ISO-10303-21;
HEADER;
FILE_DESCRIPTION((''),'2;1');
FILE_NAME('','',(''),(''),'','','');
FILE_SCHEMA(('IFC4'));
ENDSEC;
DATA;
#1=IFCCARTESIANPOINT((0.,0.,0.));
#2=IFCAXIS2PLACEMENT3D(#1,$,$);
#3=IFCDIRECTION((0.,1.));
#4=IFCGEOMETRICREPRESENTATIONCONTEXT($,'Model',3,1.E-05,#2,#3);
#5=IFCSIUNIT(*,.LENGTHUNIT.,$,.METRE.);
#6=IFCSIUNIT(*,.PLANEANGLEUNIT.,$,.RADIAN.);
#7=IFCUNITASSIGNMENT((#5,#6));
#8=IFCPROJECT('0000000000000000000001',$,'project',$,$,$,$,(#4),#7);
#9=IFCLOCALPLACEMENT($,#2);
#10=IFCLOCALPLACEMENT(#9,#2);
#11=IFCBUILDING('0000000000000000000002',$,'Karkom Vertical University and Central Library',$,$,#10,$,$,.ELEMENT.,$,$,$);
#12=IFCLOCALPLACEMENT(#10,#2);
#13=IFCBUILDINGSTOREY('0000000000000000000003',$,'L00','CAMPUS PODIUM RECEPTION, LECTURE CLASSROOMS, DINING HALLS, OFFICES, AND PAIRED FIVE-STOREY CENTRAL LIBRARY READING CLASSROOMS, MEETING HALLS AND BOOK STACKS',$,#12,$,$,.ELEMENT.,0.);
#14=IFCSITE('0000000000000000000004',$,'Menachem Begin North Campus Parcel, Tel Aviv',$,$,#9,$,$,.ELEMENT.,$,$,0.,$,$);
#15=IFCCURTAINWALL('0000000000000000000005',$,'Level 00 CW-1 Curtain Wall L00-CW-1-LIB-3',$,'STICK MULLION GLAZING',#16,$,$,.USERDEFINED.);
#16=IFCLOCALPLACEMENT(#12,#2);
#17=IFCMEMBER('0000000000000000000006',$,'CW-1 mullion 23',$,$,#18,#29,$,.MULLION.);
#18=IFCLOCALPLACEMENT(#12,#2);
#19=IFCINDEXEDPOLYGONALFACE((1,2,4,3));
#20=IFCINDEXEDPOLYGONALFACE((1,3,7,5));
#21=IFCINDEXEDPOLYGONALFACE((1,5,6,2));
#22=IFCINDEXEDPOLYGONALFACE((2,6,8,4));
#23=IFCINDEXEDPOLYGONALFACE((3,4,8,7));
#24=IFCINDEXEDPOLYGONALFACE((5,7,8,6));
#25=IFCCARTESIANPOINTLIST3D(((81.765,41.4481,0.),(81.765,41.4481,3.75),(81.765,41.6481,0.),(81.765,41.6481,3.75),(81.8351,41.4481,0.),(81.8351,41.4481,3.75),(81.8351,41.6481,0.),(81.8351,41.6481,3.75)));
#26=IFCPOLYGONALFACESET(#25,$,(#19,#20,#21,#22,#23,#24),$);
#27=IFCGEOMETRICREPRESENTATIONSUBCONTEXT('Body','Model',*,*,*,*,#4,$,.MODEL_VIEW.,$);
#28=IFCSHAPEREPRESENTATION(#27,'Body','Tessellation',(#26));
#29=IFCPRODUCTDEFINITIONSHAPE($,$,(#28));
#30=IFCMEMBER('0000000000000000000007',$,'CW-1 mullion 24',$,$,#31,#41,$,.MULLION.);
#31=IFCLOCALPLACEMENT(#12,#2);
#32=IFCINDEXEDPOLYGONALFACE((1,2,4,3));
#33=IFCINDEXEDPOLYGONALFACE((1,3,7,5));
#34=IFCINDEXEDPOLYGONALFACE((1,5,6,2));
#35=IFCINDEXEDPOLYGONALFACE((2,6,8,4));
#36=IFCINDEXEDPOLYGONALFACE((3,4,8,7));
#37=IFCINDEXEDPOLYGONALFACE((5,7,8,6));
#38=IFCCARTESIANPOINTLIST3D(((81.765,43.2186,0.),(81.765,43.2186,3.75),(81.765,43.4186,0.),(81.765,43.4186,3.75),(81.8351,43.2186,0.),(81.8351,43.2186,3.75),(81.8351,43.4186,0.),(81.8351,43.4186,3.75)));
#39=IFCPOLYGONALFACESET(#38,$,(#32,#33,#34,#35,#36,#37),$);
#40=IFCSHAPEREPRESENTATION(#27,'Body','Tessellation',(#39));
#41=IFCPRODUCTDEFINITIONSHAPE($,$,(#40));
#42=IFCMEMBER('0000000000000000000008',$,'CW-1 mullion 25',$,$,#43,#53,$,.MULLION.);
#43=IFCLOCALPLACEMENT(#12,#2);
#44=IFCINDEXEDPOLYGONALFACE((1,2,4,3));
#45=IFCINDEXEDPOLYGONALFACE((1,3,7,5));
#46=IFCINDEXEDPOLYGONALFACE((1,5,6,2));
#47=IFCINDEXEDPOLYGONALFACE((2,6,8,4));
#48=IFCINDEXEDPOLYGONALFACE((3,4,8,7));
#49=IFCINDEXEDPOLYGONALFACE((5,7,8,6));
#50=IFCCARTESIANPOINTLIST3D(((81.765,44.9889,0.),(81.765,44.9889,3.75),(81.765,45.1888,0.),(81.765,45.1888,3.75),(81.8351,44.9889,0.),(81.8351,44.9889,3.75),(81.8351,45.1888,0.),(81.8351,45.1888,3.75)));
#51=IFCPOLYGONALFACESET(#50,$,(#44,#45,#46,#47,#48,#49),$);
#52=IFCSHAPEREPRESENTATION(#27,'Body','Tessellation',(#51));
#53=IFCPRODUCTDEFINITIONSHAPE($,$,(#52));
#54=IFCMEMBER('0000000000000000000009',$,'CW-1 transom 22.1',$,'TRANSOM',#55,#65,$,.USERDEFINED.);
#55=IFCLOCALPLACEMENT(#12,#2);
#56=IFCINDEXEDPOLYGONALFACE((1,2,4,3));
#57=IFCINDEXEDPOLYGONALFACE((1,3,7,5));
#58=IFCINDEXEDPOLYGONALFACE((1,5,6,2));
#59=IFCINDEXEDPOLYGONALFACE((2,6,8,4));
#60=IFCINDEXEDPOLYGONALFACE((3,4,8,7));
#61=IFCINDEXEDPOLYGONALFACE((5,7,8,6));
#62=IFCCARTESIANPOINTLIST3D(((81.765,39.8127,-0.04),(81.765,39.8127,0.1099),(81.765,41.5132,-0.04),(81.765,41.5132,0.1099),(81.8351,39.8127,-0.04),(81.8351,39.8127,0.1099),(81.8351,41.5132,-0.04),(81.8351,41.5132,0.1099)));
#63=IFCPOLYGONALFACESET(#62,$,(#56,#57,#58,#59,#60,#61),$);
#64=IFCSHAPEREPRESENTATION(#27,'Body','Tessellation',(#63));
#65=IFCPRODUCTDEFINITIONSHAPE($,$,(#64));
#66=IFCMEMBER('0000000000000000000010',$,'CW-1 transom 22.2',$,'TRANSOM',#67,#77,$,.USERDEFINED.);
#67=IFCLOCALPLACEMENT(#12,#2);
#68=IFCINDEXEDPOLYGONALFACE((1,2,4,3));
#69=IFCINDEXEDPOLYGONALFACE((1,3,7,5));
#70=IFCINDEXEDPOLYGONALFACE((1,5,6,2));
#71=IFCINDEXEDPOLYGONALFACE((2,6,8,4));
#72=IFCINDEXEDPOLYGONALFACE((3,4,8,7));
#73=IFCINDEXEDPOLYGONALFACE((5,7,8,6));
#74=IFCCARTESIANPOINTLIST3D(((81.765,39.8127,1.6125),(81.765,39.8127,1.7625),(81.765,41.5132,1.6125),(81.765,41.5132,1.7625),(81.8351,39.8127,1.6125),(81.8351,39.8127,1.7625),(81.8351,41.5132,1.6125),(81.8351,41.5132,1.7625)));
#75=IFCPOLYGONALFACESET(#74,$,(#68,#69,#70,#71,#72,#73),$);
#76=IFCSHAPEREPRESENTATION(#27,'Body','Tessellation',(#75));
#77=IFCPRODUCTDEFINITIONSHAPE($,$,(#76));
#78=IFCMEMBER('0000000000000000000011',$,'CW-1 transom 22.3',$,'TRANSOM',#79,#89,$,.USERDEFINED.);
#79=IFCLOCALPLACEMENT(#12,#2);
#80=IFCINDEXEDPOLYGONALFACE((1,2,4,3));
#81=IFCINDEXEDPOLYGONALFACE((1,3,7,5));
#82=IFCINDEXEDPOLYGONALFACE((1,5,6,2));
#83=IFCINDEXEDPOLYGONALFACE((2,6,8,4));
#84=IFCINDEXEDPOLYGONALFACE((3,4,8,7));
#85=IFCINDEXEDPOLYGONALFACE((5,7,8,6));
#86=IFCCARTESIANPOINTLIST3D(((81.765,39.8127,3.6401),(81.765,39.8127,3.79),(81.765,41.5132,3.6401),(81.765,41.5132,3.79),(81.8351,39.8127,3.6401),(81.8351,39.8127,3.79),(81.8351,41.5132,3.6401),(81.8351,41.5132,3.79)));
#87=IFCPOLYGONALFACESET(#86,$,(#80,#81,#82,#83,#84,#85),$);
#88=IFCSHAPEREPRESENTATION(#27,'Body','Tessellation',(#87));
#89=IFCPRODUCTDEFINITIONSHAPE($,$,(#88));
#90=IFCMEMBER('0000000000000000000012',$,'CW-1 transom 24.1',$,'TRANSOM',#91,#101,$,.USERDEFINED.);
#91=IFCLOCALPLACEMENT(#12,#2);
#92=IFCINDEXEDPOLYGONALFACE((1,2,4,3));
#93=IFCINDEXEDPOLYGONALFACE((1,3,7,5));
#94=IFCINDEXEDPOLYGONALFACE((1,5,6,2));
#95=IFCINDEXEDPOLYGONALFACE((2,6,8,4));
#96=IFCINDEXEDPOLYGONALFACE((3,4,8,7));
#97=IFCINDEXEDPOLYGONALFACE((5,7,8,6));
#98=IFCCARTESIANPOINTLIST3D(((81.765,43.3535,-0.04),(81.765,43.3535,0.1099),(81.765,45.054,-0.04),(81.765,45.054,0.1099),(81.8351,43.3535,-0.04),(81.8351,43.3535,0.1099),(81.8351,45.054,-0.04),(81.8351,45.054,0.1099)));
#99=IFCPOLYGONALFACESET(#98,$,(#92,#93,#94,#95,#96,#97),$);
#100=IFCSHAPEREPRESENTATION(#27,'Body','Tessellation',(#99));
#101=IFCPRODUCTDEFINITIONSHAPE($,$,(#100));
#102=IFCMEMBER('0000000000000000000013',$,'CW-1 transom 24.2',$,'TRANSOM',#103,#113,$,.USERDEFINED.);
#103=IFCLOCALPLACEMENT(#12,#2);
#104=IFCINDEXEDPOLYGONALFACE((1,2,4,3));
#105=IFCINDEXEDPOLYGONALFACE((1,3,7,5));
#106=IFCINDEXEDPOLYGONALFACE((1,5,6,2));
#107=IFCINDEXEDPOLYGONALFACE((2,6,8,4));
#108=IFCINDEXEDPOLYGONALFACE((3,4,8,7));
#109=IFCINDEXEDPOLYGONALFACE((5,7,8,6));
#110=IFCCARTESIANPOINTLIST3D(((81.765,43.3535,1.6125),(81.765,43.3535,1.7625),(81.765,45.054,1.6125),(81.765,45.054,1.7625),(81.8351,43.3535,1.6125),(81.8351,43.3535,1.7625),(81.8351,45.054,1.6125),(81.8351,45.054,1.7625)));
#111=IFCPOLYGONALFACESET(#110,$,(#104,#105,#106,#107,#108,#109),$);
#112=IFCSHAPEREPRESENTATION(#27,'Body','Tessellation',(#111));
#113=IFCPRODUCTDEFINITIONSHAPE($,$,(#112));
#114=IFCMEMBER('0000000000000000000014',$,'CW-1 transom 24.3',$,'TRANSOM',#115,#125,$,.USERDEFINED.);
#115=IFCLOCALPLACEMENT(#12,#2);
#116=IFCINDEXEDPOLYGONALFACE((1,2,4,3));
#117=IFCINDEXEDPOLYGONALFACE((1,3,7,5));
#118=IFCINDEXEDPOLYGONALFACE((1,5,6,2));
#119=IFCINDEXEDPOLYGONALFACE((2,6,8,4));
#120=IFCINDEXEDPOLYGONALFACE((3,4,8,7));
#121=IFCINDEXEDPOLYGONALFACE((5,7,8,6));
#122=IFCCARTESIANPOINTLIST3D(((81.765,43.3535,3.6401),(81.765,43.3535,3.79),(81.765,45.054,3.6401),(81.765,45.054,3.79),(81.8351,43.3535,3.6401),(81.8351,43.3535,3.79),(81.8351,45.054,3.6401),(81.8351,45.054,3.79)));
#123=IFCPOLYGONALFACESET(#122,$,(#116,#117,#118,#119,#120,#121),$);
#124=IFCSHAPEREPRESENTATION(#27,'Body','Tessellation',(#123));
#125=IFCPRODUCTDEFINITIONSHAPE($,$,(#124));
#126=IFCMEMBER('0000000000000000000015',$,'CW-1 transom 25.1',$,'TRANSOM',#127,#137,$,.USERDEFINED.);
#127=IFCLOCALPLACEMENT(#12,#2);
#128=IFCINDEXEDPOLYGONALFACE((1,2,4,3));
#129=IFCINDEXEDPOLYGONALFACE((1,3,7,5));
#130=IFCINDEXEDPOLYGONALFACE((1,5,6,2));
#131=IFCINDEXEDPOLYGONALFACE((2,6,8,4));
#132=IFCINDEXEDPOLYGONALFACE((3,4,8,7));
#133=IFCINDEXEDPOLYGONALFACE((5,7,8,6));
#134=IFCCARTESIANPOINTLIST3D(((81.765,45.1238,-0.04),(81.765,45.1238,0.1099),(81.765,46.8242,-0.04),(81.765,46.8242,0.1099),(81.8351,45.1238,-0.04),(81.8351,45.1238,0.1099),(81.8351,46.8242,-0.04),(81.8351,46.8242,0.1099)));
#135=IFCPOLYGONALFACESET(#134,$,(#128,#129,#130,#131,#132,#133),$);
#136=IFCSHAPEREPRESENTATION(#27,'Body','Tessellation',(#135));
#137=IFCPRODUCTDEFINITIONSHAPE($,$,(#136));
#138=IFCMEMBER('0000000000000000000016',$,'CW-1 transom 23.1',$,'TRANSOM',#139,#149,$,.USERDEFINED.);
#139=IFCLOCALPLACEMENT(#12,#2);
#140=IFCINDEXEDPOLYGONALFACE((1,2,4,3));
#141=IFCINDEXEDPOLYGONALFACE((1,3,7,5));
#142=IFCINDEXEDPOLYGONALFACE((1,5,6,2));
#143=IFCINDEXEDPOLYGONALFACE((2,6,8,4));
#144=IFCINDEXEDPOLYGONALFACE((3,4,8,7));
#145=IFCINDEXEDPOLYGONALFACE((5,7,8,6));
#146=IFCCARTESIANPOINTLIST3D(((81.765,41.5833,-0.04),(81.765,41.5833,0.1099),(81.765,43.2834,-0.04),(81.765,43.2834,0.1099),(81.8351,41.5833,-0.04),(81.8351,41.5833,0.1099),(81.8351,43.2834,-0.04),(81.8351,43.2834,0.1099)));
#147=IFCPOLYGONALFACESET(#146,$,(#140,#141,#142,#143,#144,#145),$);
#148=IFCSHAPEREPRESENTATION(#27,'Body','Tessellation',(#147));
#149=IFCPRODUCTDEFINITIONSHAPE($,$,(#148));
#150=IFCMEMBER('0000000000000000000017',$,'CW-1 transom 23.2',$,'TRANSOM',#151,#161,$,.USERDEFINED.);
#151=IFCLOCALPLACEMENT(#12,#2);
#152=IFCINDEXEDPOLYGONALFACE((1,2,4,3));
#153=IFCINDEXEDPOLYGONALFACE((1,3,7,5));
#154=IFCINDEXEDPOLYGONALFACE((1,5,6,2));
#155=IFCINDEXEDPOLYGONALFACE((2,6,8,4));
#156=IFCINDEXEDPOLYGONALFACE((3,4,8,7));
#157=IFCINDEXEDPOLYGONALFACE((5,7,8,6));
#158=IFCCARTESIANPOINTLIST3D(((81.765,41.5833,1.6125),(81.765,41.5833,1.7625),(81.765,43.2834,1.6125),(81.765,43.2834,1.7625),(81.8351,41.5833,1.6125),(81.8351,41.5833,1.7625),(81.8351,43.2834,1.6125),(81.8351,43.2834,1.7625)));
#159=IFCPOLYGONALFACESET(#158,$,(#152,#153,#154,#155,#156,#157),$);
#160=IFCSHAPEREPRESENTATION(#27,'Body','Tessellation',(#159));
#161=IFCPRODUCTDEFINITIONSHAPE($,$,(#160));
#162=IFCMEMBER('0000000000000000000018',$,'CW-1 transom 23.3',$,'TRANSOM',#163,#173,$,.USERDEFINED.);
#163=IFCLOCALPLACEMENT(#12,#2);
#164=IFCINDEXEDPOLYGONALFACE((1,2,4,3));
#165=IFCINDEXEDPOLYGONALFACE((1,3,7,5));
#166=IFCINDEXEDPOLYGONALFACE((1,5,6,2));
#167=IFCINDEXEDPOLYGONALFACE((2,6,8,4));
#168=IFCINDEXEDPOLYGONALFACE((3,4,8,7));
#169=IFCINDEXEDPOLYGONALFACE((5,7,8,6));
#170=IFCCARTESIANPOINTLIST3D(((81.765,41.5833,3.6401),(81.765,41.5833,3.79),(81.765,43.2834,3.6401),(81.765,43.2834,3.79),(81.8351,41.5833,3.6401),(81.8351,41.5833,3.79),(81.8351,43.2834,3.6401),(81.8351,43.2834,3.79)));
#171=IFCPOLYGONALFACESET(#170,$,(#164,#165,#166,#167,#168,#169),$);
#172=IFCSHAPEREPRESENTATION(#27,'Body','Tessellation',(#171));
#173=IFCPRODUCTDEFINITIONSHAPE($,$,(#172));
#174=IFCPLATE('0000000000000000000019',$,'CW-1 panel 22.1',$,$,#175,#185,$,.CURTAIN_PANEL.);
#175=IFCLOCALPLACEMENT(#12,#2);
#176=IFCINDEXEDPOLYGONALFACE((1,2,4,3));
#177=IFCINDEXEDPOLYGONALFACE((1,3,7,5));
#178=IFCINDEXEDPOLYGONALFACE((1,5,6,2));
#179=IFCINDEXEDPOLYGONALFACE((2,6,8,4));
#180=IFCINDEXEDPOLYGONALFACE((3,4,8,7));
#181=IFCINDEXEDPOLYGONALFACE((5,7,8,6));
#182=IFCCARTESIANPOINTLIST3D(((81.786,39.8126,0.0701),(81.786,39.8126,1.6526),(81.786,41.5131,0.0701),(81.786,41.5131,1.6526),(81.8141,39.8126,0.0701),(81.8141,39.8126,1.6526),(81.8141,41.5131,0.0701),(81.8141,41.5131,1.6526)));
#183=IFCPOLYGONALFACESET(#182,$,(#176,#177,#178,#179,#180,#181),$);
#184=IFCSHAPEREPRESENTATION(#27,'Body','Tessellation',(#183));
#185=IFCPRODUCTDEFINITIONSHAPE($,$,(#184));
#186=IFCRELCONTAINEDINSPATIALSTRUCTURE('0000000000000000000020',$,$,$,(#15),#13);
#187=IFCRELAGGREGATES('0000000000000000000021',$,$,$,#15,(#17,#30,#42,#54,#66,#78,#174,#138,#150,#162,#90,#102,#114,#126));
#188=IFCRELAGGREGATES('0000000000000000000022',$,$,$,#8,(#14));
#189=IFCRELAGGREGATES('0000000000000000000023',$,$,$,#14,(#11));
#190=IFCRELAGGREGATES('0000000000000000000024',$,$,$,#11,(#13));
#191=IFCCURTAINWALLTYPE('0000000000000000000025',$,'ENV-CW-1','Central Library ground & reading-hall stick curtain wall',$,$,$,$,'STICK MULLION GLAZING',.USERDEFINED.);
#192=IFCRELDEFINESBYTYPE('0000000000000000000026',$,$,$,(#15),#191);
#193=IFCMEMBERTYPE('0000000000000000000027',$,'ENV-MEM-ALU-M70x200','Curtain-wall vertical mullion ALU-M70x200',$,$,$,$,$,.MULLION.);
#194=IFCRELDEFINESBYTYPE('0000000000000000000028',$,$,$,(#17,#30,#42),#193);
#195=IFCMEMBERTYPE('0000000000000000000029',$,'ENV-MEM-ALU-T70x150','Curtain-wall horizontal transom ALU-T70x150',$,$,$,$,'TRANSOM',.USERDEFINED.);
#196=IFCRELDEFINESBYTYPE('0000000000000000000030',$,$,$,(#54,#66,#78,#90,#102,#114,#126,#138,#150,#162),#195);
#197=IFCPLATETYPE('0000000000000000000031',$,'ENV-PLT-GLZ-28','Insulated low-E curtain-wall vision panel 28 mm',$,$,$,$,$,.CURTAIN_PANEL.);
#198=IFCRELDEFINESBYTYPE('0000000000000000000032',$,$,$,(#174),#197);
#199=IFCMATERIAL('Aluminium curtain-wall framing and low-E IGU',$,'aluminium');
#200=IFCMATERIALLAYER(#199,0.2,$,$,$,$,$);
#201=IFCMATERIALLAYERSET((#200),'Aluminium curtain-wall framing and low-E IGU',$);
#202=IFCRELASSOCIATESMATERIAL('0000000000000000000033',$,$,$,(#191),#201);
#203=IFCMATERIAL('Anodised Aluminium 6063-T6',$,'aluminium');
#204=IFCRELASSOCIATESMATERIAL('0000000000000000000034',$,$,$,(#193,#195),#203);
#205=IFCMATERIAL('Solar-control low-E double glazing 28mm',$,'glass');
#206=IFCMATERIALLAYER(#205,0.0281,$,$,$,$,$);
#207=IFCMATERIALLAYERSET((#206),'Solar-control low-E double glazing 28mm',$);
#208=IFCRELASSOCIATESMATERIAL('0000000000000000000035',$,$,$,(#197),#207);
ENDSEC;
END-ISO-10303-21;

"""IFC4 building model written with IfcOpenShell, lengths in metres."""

from ifc_helpers import new_model, si_unit, direction, frame, origin, origin_with_axes, origin_2d, place, context, subcontext, project, spatial, rectangle, extrude, source, transform, mapped, material, layer, layer_set, material_profile, profile_set, type_object, element, aggregate, save


model = new_model("IFC4")

# Units and contexts
model_context = context("Model", 3, precision=1e-05, world=origin(), true_north=direction((0.0, 1.0)))
body_context = subcontext(model_context, "Body", "Model", "MODEL_VIEW")
ifc_project = project(units=[si_unit("LENGTHUNIT", "METRE"), si_unit("PLANEANGLEUNIT", "RADIAN")], contexts=[model_context])

# Site, building, storey
site_placement = place(None, origin())
site = spatial("IfcSite", under=ifc_project, at=site_placement, Name="Menachem Begin North Campus Parcel, Tel Aviv", CompositionType="ELEMENT", RefElevation=0.0)
building_placement = place(site_placement, origin())
building = spatial("IfcBuilding", under=site, at=building_placement, Name="Karkom Vertical University and Central Library", CompositionType="ELEMENT")
storey_placement = place(building_placement, origin())
storey = spatial("IfcBuildingStorey", under=building, at=storey_placement, Name="L00", Description="CAMPUS PODIUM RECEPTION, LECTURE CLASSROOMS, DINING HALLS, OFFICES, AND PAIRED FIVE-STOREY CENTRAL LIBRARY READING CLASSROOMS, MEETING HALLS AND BOOK STACKS", CompositionType="ELEMENT", Elevation=0.0)

# Curtain wall, members, plate
ifc_material_1 = material(Name="Aluminium curtain-wall framing and low-E IGU", Category="aluminium")
ifc_layer_1 = layer(ifc_material_1, 0.2)
ifc_layer_set_1 = layer_set([ifc_layer_1], Name="Aluminium curtain-wall framing and low-E IGU")
curtain_wall_type = type_object("IfcCurtainWallType", Name="ENV-CW-1", Description="Central Library ground & reading-hall stick curtain wall", ElementType="STICK MULLION GLAZING", PredefinedType="USERDEFINED", material=ifc_layer_set_1)
curtain_wall_placement = place(storey_placement, origin())
curtain_wall = element("IfcCurtainWall", 1, at=curtain_wall_placement, inside=storey, type_object=curtain_wall_type, Name="Level 00 CW-1 Curtain Wall L00-CW-1-LIB-3", ObjectType="STICK MULLION GLAZING", PredefinedType="USERDEFINED")
ifc_material_2 = material(Name="Anodised Aluminium 6063-T6", Category="aluminium")
ifc_material_profile_1 = material_profile(ifc_material_2, rectangle(XDim=0.0701, YDim=0.2, at=origin_2d()), Name="ALU-M70x200")
ifc_profile_set_1 = profile_set([ifc_material_profile_1], Name="Anodised Aluminium 6063-T6")
member_type_1 = type_object("IfcMemberType", Name="ENV-MEM-ALU-M70x200", Description="Curtain-wall vertical mullion ALU-M70x200", PredefinedType="MULLION", material=ifc_profile_set_1)
shared_shape_1 = source(origin_with_axes(), body_context, "Body", "SweptSolid", [
    extrude(rectangle(XDim=0.0701, YDim=0.2, at=origin_2d()), origin(), (0.0, 0.0, 1.0), 3.75),
])
member_1_placement = place(storey_placement, frame((81.8, 41.5481, 0.0), z_axis=(0.0, 0.0, 1.0), x_axis=(-1.0, 0.0, 0.0)))
member_1 = element("IfcMember", 2, at=member_1_placement, type_object=member_type_1, Name="CW-1 mullion 23", PredefinedType="MULLION", context=body_context, shape_type="MappedRepresentation", body=[
    mapped(shared_shape_1, transform((0.0, 0.0, 0.0), scale=1.0)),
])
member_2_placement = place(storey_placement, frame((81.8, 43.3186, 0.0), z_axis=(0.0, 0.0, 1.0), x_axis=(-1.0, 0.0, 0.0)))
member_2 = element("IfcMember", 3, at=member_2_placement, type_object=member_type_1, Name="CW-1 mullion 24", PredefinedType="MULLION", context=body_context, shape_type="MappedRepresentation", body=[
    mapped(shared_shape_1, transform((0.0, 0.0, 0.0), scale=1.0)),
])
member_3_placement = place(storey_placement, frame((81.8, 45.0889, 0.0), z_axis=(0.0, 0.0, 1.0), x_axis=(-1.0, 0.0, 0.0)))
member_3 = element("IfcMember", 4, at=member_3_placement, type_object=member_type_1, Name="CW-1 mullion 25", PredefinedType="MULLION", context=body_context, shape_type="MappedRepresentation", body=[
    mapped(shared_shape_1, transform((0.0, 0.0, 0.0), scale=1.0)),
])
ifc_material_profile_2 = material_profile(ifc_material_2, rectangle(XDim=0.0701, YDim=0.1499, at=origin_2d()), Name="ALU-T70x150")
ifc_profile_set_2 = profile_set([ifc_material_profile_2], Name="Anodised Aluminium 6063-T6")
member_type_2 = type_object("IfcMemberType", Name="ENV-MEM-ALU-T70x150", Description="Curtain-wall horizontal transom ALU-T70x150", ElementType="TRANSOM", PredefinedType="USERDEFINED", material=ifc_profile_set_2)
shared_shape_2 = source(origin_with_axes(), body_context, "Body", "SweptSolid", [
    extrude(rectangle(XDim=0.0701, YDim=0.1499, at=origin_2d()), origin(), (0.0, 0.0, 1.0), 1.7004),
])
member_4_placement = place(storey_placement, frame((81.8, 39.8127, 0.0349), z_axis=(0.0, 1.0, 0.0), x_axis=(-1.0, 0.0, 0.0)))
member_4 = element("IfcMember", 5, at=member_4_placement, type_object=member_type_2, Name="CW-1 transom 22.1", ObjectType="TRANSOM", PredefinedType="USERDEFINED", context=body_context, shape_type="MappedRepresentation", body=[
    mapped(shared_shape_2, transform((0.0, 0.0, 0.0), scale=1.0)),
])
member_5_placement = place(storey_placement, frame((81.8, 39.8127, 1.6875), z_axis=(0.0, 1.0, 0.0), x_axis=(-1.0, 0.0, 0.0)))
member_5 = element("IfcMember", 6, at=member_5_placement, type_object=member_type_2, Name="CW-1 transom 22.2", ObjectType="TRANSOM", PredefinedType="USERDEFINED", context=body_context, shape_type="MappedRepresentation", body=[
    mapped(shared_shape_2, transform((0.0, 0.0, 0.0), scale=1.0)),
])
member_6_placement = place(storey_placement, frame((81.8, 39.8127, 3.7151), z_axis=(0.0, 1.0, 0.0), x_axis=(-1.0, 0.0, 0.0)))
member_6 = element("IfcMember", 7, at=member_6_placement, type_object=member_type_2, Name="CW-1 transom 22.3", ObjectType="TRANSOM", PredefinedType="USERDEFINED", context=body_context, shape_type="MappedRepresentation", body=[
    mapped(shared_shape_2, transform((0.0, 0.0, 0.0), scale=1.0)),
])
member_7_placement = place(storey_placement, frame((81.8, 43.3535, 0.0349), z_axis=(0.0, 1.0, 0.0), x_axis=(-1.0, 0.0, 0.0)))
member_7 = element("IfcMember", 8, at=member_7_placement, type_object=member_type_2, Name="CW-1 transom 24.1", ObjectType="TRANSOM", PredefinedType="USERDEFINED", context=body_context, shape_type="MappedRepresentation", body=[
    mapped(shared_shape_2, transform((0.0, 0.0, 0.0), scale=1.0)),
])
member_8_placement = place(storey_placement, frame((81.8, 43.3535, 1.6875), z_axis=(0.0, 1.0, 0.0), x_axis=(-1.0, 0.0, 0.0)))
member_8 = element("IfcMember", 9, at=member_8_placement, type_object=member_type_2, Name="CW-1 transom 24.2", ObjectType="TRANSOM", PredefinedType="USERDEFINED", context=body_context, shape_type="MappedRepresentation", body=[
    mapped(shared_shape_2, transform((0.0, 0.0, 0.0), scale=1.0)),
])
member_9_placement = place(storey_placement, frame((81.8, 43.3535, 3.7151), z_axis=(0.0, 1.0, 0.0), x_axis=(-1.0, 0.0, 0.0)))
member_9 = element("IfcMember", 10, at=member_9_placement, type_object=member_type_2, Name="CW-1 transom 24.3", ObjectType="TRANSOM", PredefinedType="USERDEFINED", context=body_context, shape_type="MappedRepresentation", body=[
    mapped(shared_shape_2, transform((0.0, 0.0, 0.0), scale=1.0)),
])
member_10_placement = place(storey_placement, frame((81.8, 45.1238, 0.0349), z_axis=(0.0, 1.0, 0.0), x_axis=(-1.0, 0.0, 0.0)))
member_10 = element("IfcMember", 11, at=member_10_placement, type_object=member_type_2, Name="CW-1 transom 25.1", ObjectType="TRANSOM", PredefinedType="USERDEFINED", context=body_context, shape_type="MappedRepresentation", body=[
    mapped(shared_shape_2, transform((0.0, 0.0, 0.0), scale=1.0)),
])
shared_shape_3 = source(origin_with_axes(), body_context, "Body", "SweptSolid", [
    extrude(rectangle(XDim=0.0701, YDim=0.1499, at=origin_2d()), origin(), (0.0, 0.0, 1.0), 1.7002),
])
member_11_placement = place(storey_placement, frame((81.8, 41.5833, 0.0349), z_axis=(0.0, 1.0, 0.0), x_axis=(-1.0, 0.0, 0.0)))
member_11 = element("IfcMember", 12, at=member_11_placement, type_object=member_type_2, Name="CW-1 transom 23.1", ObjectType="TRANSOM", PredefinedType="USERDEFINED", context=body_context, shape_type="MappedRepresentation", body=[
    mapped(shared_shape_3, transform((0.0, 0.0, 0.0), scale=1.0)),
])
member_12_placement = place(storey_placement, frame((81.8, 41.5833, 1.6875), z_axis=(0.0, 1.0, 0.0), x_axis=(-1.0, 0.0, 0.0)))
member_12 = element("IfcMember", 13, at=member_12_placement, type_object=member_type_2, Name="CW-1 transom 23.2", ObjectType="TRANSOM", PredefinedType="USERDEFINED", context=body_context, shape_type="MappedRepresentation", body=[
    mapped(shared_shape_3, transform((0.0, 0.0, 0.0), scale=1.0)),
])
member_13_placement = place(storey_placement, frame((81.8, 41.5833, 3.7151), z_axis=(0.0, 1.0, 0.0), x_axis=(-1.0, 0.0, 0.0)))
member_13 = element("IfcMember", 14, at=member_13_placement, type_object=member_type_2, Name="CW-1 transom 23.3", ObjectType="TRANSOM", PredefinedType="USERDEFINED", context=body_context, shape_type="MappedRepresentation", body=[
    mapped(shared_shape_3, transform((0.0, 0.0, 0.0), scale=1.0)),
])
ifc_material_3 = material(Name="Solar-control low-E double glazing 28mm", Category="glass")
ifc_layer_2 = layer(ifc_material_3, 0.0281)
ifc_layer_set_2 = layer_set([ifc_layer_2], Name="Solar-control low-E double glazing 28mm")
plate_type = type_object("IfcPlateType", Name="ENV-PLT-GLZ-28", Description="Insulated low-E curtain-wall vision panel 28 mm", PredefinedType="CURTAIN_PANEL", material=ifc_layer_set_2)
shared_shape_4 = source(origin_with_axes(), body_context, "Body", "SweptSolid", [
    extrude(rectangle(XDim=1.7004, YDim=0.0281, at=origin_2d()), origin(), (0.0, 0.0, 1.0), 1.5825),
])
plate_1_placement = place(storey_placement, frame((81.8, 40.6628, 0.0701), z_axis=(0.0, 0.0, 1.0), x_axis=(0.0, 1.0, 0.0)))
plate_1 = element("IfcPlate", 15, at=plate_1_placement, type_object=plate_type, Name="CW-1 panel 22.1", PredefinedType="CURTAIN_PANEL", context=body_context, shape_type="MappedRepresentation", body=[
    mapped(shared_shape_4, transform((0.0, 0.0, 0.0), scale=1.0)),
])
aggregate(curtain_wall, [member_1, member_2, member_3, member_4, member_5, member_6, plate_1, member_11, member_12, member_13, member_7, member_8, member_9, member_10])

save(model, "model.ifc")
